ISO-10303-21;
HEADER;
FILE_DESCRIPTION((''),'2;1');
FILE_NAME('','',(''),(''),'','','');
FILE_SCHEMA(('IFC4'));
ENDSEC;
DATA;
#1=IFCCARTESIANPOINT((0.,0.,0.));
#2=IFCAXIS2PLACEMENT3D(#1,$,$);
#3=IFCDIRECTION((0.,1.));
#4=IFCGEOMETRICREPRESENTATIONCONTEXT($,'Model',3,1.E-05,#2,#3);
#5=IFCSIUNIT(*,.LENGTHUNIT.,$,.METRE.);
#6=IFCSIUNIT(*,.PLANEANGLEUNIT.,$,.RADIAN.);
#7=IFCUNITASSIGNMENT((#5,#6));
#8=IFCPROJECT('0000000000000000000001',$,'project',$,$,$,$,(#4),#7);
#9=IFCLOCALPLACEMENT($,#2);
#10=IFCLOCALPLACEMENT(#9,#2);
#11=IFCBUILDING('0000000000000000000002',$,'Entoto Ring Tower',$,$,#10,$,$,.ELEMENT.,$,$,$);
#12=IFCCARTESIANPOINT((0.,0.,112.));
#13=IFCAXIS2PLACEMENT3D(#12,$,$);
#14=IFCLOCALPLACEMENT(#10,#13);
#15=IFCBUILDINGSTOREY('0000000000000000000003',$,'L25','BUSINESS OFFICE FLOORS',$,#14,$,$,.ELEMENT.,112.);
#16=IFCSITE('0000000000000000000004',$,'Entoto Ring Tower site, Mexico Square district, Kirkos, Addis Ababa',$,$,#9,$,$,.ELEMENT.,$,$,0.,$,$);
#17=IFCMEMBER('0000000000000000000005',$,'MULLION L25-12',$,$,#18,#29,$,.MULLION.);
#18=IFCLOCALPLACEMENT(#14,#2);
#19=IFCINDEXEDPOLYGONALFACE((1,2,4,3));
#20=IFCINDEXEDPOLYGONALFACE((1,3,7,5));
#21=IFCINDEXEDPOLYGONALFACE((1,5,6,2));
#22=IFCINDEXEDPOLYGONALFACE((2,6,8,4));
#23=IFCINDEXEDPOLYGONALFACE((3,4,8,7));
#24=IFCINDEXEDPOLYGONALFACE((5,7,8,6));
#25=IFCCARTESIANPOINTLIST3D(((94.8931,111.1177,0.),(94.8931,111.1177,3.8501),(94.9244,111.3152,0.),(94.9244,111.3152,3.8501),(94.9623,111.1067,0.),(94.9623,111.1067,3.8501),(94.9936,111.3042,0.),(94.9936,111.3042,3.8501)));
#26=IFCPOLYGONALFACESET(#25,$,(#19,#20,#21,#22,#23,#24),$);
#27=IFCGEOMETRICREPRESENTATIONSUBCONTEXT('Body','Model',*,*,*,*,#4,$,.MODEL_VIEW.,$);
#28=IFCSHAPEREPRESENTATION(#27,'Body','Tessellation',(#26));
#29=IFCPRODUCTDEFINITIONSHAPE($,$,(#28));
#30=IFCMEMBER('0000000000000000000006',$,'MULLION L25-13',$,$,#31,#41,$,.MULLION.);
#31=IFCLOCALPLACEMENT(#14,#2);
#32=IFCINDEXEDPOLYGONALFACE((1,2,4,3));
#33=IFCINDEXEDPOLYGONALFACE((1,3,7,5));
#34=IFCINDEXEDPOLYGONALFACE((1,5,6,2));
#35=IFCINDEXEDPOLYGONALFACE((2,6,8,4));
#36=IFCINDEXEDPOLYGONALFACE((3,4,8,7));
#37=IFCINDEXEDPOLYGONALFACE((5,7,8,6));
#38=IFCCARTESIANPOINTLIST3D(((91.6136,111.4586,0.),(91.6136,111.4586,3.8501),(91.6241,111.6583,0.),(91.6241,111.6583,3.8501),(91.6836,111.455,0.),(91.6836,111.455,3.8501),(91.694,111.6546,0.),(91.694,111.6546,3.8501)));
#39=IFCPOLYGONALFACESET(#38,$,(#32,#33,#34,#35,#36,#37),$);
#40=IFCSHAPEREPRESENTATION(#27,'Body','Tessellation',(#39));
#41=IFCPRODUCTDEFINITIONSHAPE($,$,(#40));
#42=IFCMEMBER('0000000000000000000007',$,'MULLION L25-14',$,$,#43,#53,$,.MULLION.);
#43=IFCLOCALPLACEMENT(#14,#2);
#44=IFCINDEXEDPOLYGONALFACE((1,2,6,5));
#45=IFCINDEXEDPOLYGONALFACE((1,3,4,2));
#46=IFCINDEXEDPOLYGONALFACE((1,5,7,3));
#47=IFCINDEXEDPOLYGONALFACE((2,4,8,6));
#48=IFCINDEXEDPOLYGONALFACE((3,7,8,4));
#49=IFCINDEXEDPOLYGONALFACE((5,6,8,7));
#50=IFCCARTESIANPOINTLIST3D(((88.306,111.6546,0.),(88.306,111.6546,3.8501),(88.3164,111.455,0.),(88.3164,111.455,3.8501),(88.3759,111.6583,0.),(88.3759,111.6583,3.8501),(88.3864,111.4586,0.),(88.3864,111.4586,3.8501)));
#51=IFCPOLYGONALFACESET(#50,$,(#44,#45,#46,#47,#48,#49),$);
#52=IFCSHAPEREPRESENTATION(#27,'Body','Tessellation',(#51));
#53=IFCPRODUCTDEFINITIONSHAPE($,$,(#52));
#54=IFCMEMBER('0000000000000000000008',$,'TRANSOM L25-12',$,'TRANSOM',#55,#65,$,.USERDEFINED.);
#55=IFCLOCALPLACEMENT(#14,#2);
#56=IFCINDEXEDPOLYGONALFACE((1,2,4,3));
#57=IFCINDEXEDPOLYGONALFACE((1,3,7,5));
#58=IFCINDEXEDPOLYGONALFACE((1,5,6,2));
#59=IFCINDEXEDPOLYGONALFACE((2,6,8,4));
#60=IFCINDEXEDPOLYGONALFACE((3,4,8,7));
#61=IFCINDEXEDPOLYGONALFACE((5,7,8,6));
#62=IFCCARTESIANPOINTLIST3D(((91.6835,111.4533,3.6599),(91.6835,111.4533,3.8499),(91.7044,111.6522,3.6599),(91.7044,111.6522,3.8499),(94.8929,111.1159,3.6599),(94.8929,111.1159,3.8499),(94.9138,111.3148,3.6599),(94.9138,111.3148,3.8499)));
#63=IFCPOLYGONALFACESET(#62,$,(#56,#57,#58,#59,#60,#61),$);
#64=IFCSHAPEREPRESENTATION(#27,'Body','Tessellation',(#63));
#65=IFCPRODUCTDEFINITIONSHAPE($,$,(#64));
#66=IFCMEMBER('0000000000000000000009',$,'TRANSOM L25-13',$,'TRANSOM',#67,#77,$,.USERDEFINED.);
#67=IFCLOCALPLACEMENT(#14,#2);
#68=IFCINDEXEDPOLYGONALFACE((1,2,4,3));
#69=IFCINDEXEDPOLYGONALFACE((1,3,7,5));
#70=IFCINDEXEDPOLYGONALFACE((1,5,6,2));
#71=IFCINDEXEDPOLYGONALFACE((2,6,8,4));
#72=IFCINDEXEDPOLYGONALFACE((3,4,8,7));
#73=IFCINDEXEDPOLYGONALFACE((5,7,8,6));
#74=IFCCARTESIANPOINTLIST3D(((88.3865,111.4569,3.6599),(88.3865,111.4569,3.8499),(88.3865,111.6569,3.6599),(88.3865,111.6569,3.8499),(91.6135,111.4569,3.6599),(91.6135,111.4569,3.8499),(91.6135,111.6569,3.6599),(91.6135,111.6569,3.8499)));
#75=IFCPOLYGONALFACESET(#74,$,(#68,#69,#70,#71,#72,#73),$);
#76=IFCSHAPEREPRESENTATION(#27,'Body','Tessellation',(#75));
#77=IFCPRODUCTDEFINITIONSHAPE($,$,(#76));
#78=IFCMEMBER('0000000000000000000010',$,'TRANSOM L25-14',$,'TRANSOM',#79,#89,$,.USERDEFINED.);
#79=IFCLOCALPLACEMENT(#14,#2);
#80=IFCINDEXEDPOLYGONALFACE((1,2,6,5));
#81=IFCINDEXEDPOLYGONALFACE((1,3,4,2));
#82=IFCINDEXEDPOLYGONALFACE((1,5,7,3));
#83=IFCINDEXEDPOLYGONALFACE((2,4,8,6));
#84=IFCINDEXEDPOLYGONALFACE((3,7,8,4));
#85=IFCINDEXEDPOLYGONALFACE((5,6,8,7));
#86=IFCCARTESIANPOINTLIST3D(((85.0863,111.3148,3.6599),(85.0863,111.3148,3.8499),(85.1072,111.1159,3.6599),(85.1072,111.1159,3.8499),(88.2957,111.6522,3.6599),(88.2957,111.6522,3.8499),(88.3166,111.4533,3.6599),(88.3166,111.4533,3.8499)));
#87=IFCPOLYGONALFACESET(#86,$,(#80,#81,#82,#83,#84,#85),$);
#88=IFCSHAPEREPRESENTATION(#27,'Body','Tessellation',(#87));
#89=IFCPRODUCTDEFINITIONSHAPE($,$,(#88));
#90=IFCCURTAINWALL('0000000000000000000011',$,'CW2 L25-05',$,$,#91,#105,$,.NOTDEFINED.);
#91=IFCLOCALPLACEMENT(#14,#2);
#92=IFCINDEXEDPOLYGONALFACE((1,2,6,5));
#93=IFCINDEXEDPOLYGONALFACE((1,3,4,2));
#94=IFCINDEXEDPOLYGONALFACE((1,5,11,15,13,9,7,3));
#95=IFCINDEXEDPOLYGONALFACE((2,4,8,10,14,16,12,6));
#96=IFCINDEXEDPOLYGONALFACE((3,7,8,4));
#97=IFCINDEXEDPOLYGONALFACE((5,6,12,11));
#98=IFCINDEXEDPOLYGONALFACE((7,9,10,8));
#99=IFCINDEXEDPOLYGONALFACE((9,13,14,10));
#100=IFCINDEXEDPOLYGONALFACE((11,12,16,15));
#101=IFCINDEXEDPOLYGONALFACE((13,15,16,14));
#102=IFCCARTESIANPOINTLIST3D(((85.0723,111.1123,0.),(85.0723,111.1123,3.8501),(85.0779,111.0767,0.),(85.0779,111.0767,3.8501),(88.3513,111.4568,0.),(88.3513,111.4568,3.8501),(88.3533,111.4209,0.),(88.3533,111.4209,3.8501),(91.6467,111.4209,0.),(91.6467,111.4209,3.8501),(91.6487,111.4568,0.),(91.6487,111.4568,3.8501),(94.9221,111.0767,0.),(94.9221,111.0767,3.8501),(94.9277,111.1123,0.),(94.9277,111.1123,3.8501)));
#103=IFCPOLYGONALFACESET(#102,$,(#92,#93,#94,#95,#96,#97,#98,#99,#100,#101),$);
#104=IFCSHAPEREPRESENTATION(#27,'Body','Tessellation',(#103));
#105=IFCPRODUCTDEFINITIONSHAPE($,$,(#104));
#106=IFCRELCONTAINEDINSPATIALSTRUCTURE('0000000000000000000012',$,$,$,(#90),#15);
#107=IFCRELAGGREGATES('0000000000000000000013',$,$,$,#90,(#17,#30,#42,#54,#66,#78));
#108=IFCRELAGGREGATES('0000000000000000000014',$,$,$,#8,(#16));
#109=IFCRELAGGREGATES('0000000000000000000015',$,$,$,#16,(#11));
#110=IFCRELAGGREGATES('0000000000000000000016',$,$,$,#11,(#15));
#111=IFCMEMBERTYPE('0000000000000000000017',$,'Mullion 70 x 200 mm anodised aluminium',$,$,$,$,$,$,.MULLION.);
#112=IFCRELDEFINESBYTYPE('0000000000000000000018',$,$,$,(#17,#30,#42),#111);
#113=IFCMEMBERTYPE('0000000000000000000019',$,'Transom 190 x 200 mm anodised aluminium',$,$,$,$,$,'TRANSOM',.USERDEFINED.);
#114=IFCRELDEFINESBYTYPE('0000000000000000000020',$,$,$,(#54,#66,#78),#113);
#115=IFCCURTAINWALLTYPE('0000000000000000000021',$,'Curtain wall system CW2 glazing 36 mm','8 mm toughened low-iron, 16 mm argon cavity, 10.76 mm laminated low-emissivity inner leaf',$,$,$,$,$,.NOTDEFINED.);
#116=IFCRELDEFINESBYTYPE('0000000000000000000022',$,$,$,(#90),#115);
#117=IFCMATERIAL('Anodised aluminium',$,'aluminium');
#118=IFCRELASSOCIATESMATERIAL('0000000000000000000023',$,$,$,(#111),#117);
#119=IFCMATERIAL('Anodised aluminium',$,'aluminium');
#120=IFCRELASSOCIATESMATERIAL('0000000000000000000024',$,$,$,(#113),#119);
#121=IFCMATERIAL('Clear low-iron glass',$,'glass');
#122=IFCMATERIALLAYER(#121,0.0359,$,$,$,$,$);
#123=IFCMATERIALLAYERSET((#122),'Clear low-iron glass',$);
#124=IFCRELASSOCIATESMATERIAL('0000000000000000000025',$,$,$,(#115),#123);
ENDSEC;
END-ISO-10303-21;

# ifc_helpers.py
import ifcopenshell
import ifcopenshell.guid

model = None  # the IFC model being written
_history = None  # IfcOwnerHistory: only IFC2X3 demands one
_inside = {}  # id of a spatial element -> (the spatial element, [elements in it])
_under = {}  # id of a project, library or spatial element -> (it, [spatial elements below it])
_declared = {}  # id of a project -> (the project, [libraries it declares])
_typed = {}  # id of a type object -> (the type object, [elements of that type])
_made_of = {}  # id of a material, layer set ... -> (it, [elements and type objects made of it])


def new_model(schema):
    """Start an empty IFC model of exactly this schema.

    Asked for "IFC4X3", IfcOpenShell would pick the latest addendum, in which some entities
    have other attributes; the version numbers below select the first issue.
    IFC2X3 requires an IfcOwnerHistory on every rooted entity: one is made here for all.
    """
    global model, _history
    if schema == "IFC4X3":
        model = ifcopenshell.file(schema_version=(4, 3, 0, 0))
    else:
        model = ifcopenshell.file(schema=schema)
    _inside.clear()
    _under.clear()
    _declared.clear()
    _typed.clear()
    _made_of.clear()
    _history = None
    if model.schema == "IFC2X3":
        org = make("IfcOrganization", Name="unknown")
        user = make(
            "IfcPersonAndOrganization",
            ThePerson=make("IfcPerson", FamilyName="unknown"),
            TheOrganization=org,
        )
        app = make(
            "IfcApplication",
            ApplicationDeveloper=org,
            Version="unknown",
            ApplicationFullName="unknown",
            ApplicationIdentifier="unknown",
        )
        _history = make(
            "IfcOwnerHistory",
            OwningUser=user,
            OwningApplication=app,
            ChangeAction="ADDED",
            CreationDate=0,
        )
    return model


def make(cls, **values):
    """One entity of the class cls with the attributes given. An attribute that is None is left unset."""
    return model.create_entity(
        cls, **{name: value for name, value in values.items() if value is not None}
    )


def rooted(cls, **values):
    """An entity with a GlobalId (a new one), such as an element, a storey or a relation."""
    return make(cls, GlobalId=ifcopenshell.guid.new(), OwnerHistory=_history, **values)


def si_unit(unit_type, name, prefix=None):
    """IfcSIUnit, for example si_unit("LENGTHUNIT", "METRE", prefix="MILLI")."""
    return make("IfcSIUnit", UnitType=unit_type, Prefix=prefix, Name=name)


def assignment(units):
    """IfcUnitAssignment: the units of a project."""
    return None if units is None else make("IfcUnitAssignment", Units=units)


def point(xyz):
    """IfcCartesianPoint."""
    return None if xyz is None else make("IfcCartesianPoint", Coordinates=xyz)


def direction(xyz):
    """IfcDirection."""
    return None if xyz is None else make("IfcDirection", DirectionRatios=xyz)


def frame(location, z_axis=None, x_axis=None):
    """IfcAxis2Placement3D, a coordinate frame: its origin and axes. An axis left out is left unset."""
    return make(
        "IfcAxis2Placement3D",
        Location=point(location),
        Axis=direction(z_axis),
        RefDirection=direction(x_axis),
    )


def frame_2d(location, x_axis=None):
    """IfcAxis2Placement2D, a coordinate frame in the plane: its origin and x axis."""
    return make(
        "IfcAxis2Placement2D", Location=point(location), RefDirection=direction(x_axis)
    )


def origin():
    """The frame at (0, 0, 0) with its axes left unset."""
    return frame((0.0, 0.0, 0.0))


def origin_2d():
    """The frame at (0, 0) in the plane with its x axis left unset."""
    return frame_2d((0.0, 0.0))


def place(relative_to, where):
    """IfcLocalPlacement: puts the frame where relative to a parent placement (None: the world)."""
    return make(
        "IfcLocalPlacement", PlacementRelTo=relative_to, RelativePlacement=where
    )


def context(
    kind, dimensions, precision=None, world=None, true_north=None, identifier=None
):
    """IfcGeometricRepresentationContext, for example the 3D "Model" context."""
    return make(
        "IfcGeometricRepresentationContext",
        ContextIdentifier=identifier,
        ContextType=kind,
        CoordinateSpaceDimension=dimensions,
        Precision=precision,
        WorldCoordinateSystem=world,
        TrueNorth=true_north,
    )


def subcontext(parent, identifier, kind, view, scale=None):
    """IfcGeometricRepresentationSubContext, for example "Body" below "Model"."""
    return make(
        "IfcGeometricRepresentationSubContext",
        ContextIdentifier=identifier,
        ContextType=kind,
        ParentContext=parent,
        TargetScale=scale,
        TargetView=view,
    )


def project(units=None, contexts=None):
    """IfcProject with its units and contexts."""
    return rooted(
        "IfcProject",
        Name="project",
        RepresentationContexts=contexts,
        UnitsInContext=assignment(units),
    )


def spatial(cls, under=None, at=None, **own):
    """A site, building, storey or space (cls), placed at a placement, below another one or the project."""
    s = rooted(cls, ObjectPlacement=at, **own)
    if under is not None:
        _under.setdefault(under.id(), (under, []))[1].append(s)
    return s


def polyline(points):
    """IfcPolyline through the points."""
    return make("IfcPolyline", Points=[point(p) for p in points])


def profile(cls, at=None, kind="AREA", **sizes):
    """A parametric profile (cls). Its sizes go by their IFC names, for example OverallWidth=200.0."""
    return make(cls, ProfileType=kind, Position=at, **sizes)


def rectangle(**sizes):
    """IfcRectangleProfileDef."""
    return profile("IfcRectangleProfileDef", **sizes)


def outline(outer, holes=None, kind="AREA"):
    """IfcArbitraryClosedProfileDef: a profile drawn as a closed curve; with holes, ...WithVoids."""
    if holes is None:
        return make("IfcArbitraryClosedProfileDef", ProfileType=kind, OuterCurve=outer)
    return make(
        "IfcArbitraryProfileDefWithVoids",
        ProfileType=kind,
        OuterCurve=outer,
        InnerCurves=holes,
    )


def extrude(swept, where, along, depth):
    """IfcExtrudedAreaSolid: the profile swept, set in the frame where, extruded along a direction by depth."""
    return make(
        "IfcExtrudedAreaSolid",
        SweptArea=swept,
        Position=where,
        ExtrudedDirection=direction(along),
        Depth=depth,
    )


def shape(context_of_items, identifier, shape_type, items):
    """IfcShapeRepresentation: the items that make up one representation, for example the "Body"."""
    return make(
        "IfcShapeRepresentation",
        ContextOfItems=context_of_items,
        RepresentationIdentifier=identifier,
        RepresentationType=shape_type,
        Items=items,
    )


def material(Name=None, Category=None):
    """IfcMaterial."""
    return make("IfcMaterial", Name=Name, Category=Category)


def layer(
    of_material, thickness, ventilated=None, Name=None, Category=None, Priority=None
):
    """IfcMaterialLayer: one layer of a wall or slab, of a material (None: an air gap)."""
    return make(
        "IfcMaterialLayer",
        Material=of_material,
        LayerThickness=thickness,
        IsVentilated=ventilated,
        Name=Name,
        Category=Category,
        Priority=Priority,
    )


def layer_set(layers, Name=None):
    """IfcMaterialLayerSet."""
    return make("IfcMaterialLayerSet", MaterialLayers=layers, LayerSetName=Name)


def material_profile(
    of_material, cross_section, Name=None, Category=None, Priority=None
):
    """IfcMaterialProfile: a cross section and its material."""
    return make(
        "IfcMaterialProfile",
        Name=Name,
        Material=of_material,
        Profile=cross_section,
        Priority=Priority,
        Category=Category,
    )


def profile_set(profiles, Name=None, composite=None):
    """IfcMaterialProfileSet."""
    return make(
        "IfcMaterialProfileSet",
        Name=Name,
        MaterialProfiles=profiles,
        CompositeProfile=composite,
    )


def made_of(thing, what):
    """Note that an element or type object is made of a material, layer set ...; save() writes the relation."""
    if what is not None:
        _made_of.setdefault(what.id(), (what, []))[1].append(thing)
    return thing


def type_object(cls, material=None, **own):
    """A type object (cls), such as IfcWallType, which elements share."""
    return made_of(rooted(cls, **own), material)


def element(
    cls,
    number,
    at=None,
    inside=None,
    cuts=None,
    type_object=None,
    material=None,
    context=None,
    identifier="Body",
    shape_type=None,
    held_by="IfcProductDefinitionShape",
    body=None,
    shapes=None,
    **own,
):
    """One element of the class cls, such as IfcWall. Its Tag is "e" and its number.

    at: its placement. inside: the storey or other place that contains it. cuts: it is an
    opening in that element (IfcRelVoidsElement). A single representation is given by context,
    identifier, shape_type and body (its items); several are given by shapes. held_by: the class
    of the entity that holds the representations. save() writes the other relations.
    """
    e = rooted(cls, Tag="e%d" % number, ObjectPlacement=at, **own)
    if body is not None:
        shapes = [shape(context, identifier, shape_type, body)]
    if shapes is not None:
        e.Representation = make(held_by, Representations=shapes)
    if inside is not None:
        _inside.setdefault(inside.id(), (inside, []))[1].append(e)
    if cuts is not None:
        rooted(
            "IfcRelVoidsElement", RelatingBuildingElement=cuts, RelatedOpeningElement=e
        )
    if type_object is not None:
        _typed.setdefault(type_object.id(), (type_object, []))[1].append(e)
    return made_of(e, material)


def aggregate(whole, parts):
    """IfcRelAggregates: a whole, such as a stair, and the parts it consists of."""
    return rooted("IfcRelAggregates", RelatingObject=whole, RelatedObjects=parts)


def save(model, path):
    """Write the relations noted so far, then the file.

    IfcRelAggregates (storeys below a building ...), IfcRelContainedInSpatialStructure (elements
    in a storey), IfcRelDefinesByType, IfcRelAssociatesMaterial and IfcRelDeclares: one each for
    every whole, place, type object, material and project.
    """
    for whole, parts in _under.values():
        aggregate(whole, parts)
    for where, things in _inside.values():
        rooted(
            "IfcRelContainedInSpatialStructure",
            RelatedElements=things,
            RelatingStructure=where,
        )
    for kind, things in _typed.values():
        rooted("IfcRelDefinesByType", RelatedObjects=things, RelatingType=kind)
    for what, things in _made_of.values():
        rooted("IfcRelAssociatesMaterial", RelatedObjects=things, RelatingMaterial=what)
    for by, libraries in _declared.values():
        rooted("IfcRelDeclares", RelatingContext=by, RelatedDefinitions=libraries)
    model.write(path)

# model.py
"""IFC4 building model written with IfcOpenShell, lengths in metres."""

from ifc_helpers import new_model, si_unit, direction, frame, origin, origin_2d, place, context, subcontext, project, spatial, polyline, rectangle, outline, extrude, material, layer, layer_set, material_profile, profile_set, type_object, element, aggregate, save


model = new_model("IFC4")

# Units and contexts
model_context = context("Model", 3, precision=1e-05, world=origin(), true_north=direction((0.0, 1.0)))
body_context = subcontext(model_context, "Body", "Model", "MODEL_VIEW")
ifc_project = project(units=[si_unit("LENGTHUNIT", "METRE"), si_unit("PLANEANGLEUNIT", "RADIAN")], contexts=[model_context])

# Members
ifc_material_1 = material(Name="Anodised aluminium", Category="aluminium")
ifc_material_profile_1 = material_profile(ifc_material_1, rectangle(XDim=0.0701, YDim=0.2, at=origin_2d()), Name="Mullion 70 x 200 mm anodised aluminium")
ifc_profile_set_1 = profile_set([ifc_material_profile_1], Name="Anodised aluminium")
member_type_1 = type_object("IfcMemberType", Name="Mullion 70 x 200 mm anodised aluminium", PredefinedType="MULLION", material=ifc_profile_set_1)
site_placement = place(None, origin())
building_placement = place(site_placement, origin())
storey_placement = place(building_placement, frame((0.0, 0.0, 112.0)))
member_1_placement = place(storey_placement, frame((94.9434, 111.2109, 0.0), z_axis=(0.0, 0.0, 1.0), x_axis=(-0.987688, 0.156434, 0.0)))
member_1 = element("IfcMember", 1, at=member_1_placement, type_object=member_type_1, Name="MULLION L25-12", PredefinedType="MULLION", context=body_context, shape_type="SweptSolid", body=[
    extrude(rectangle(XDim=0.0701, YDim=0.2, at=origin_2d()), origin(), (0.0, 0.0, 1.0), 3.8501),
])
member_2_placement = place(storey_placement, frame((91.6538, 111.5566, 0.0), z_axis=(0.0, 0.0, 1.0), x_axis=(-0.99863, 0.052336, 0.0)))
member_2 = element("IfcMember", 2, at=member_2_placement, type_object=member_type_1, Name="MULLION L25-13", PredefinedType="MULLION", context=body_context, shape_type="SweptSolid", body=[
    extrude(rectangle(XDim=0.0701, YDim=0.2, at=origin_2d()), origin(), (0.0, 0.0, 1.0), 3.8501),
])
member_3_placement = place(storey_placement, frame((88.3462, 111.5566, 0.0), z_axis=(0.0, 0.0, 1.0), x_axis=(-0.99863, -0.052336, 0.0)))
member_3 = element("IfcMember", 3, at=member_3_placement, type_object=member_type_1, Name="MULLION L25-14", PredefinedType="MULLION", context=body_context, shape_type="SweptSolid", body=[
    extrude(rectangle(XDim=0.0701, YDim=0.2, at=origin_2d()), origin(), (0.0, 0.0, 1.0), 3.8501),
])
ifc_material_2 = material(Name="Anodised aluminium", Category="aluminium")
ifc_material_profile_2 = material_profile(ifc_material_2, rectangle(XDim=0.2, YDim=0.1899, at=origin_2d()), Name="Transom 190 x 200 mm anodised aluminium")
ifc_profile_set_2 = profile_set([ifc_material_profile_2], Name="Anodised aluminium")
member_type_2 = type_object("IfcMemberType", Name="Transom 190 x 200 mm anodised aluminium", ElementType="TRANSOM", PredefinedType="USERDEFINED", material=ifc_profile_set_2)
member_4_placement = place(storey_placement, frame((94.9033, 111.2153, 3.7549), z_axis=(-0.99452, 0.104551, 0.0), x_axis=(-0.104551, -0.99452, 0.0)))
member_4 = element("IfcMember", 4, at=member_4_placement, type_object=member_type_2, Name="TRANSOM L25-12", ObjectType="TRANSOM", PredefinedType="USERDEFINED", context=body_context, shape_type="SweptSolid", body=[
    extrude(rectangle(XDim=0.2, YDim=0.1899, at=origin_2d()), origin(), (0.0, 0.0, 1.0), 3.2271),
])
member_5_placement = place(storey_placement, frame((91.6135, 111.5569, 3.7549), z_axis=(-1.0, 0.0, 0.0), x_axis=(0.0, -1.0, 0.0)))
member_5 = element("IfcMember", 5, at=member_5_placement, type_object=member_type_2, Name="TRANSOM L25-13", ObjectType="TRANSOM", PredefinedType="USERDEFINED", context=body_context, shape_type="SweptSolid", body=[
    extrude(rectangle(XDim=0.2, YDim=0.1899, at=origin_2d()), origin(), (0.0, 0.0, 1.0), 3.2271),
])
member_6_placement = place(storey_placement, frame((88.3062, 111.5527, 3.7549), z_axis=(-0.99452, -0.104551, 0.0), x_axis=(0.104551, -0.99452, 0.0)))
member_6 = element("IfcMember", 6, at=member_6_placement, type_object=member_type_2, Name="TRANSOM L25-14", ObjectType="TRANSOM", PredefinedType="USERDEFINED", context=body_context, shape_type="SweptSolid", body=[
    extrude(rectangle(XDim=0.2, YDim=0.1899, at=origin_2d()), origin(), (0.0, 0.0, 1.0), 3.2271),
])

# Site, building, storey
site = spatial("IfcSite", under=ifc_project, at=site_placement, Name="Entoto Ring Tower site, Mexico Square district, Kirkos, Addis Ababa", CompositionType="ELEMENT", RefElevation=0.0)
building = spatial("IfcBuilding", under=site, at=building_placement, Name="Entoto Ring Tower", CompositionType="ELEMENT")
storey = spatial("IfcBuildingStorey", under=building, at=storey_placement, Name="L25", Description="BUSINESS OFFICE FLOORS", CompositionType="ELEMENT", Elevation=112.0)

# Curtain wall
ifc_material_3 = material(Name="Clear low-iron glass", Category="glass")
ifc_layer = layer(ifc_material_3, 0.0359)
ifc_layer_set = layer_set([ifc_layer], Name="Clear low-iron glass")
curtain_wall_type = type_object("IfcCurtainWallType", Name="Curtain wall system CW2 glazing 36 mm", Description="8 mm toughened low-iron, 16 mm argon cavity, 10.76 mm laminated low-emissivity inner leaf", PredefinedType="NOTDEFINED", material=ifc_layer_set)
curtain_wall_1_placement = place(storey_placement, origin())
curtain_wall_1 = element("IfcCurtainWall", 7, at=curtain_wall_1_placement, inside=storey, type_object=curtain_wall_type, Name="CW2 L25-05", PredefinedType="NOTDEFINED", context=body_context, shape_type="SweptSolid", body=[
    extrude(outline(polyline([(94.9277, 111.1123), (91.6487, 111.4568), (88.3513, 111.4568), (85.0723, 111.1123), (85.0779, 111.0767), (88.3533, 111.4209), (91.6467, 111.4209), (94.9221, 111.0767), (94.9277, 111.1123)])), origin(), (0.0, 0.0, 1.0), 3.8501),
])
aggregate(curtain_wall_1, [member_1, member_2, member_3, member_4, member_5, member_6])

save(model, "model.ifc")
